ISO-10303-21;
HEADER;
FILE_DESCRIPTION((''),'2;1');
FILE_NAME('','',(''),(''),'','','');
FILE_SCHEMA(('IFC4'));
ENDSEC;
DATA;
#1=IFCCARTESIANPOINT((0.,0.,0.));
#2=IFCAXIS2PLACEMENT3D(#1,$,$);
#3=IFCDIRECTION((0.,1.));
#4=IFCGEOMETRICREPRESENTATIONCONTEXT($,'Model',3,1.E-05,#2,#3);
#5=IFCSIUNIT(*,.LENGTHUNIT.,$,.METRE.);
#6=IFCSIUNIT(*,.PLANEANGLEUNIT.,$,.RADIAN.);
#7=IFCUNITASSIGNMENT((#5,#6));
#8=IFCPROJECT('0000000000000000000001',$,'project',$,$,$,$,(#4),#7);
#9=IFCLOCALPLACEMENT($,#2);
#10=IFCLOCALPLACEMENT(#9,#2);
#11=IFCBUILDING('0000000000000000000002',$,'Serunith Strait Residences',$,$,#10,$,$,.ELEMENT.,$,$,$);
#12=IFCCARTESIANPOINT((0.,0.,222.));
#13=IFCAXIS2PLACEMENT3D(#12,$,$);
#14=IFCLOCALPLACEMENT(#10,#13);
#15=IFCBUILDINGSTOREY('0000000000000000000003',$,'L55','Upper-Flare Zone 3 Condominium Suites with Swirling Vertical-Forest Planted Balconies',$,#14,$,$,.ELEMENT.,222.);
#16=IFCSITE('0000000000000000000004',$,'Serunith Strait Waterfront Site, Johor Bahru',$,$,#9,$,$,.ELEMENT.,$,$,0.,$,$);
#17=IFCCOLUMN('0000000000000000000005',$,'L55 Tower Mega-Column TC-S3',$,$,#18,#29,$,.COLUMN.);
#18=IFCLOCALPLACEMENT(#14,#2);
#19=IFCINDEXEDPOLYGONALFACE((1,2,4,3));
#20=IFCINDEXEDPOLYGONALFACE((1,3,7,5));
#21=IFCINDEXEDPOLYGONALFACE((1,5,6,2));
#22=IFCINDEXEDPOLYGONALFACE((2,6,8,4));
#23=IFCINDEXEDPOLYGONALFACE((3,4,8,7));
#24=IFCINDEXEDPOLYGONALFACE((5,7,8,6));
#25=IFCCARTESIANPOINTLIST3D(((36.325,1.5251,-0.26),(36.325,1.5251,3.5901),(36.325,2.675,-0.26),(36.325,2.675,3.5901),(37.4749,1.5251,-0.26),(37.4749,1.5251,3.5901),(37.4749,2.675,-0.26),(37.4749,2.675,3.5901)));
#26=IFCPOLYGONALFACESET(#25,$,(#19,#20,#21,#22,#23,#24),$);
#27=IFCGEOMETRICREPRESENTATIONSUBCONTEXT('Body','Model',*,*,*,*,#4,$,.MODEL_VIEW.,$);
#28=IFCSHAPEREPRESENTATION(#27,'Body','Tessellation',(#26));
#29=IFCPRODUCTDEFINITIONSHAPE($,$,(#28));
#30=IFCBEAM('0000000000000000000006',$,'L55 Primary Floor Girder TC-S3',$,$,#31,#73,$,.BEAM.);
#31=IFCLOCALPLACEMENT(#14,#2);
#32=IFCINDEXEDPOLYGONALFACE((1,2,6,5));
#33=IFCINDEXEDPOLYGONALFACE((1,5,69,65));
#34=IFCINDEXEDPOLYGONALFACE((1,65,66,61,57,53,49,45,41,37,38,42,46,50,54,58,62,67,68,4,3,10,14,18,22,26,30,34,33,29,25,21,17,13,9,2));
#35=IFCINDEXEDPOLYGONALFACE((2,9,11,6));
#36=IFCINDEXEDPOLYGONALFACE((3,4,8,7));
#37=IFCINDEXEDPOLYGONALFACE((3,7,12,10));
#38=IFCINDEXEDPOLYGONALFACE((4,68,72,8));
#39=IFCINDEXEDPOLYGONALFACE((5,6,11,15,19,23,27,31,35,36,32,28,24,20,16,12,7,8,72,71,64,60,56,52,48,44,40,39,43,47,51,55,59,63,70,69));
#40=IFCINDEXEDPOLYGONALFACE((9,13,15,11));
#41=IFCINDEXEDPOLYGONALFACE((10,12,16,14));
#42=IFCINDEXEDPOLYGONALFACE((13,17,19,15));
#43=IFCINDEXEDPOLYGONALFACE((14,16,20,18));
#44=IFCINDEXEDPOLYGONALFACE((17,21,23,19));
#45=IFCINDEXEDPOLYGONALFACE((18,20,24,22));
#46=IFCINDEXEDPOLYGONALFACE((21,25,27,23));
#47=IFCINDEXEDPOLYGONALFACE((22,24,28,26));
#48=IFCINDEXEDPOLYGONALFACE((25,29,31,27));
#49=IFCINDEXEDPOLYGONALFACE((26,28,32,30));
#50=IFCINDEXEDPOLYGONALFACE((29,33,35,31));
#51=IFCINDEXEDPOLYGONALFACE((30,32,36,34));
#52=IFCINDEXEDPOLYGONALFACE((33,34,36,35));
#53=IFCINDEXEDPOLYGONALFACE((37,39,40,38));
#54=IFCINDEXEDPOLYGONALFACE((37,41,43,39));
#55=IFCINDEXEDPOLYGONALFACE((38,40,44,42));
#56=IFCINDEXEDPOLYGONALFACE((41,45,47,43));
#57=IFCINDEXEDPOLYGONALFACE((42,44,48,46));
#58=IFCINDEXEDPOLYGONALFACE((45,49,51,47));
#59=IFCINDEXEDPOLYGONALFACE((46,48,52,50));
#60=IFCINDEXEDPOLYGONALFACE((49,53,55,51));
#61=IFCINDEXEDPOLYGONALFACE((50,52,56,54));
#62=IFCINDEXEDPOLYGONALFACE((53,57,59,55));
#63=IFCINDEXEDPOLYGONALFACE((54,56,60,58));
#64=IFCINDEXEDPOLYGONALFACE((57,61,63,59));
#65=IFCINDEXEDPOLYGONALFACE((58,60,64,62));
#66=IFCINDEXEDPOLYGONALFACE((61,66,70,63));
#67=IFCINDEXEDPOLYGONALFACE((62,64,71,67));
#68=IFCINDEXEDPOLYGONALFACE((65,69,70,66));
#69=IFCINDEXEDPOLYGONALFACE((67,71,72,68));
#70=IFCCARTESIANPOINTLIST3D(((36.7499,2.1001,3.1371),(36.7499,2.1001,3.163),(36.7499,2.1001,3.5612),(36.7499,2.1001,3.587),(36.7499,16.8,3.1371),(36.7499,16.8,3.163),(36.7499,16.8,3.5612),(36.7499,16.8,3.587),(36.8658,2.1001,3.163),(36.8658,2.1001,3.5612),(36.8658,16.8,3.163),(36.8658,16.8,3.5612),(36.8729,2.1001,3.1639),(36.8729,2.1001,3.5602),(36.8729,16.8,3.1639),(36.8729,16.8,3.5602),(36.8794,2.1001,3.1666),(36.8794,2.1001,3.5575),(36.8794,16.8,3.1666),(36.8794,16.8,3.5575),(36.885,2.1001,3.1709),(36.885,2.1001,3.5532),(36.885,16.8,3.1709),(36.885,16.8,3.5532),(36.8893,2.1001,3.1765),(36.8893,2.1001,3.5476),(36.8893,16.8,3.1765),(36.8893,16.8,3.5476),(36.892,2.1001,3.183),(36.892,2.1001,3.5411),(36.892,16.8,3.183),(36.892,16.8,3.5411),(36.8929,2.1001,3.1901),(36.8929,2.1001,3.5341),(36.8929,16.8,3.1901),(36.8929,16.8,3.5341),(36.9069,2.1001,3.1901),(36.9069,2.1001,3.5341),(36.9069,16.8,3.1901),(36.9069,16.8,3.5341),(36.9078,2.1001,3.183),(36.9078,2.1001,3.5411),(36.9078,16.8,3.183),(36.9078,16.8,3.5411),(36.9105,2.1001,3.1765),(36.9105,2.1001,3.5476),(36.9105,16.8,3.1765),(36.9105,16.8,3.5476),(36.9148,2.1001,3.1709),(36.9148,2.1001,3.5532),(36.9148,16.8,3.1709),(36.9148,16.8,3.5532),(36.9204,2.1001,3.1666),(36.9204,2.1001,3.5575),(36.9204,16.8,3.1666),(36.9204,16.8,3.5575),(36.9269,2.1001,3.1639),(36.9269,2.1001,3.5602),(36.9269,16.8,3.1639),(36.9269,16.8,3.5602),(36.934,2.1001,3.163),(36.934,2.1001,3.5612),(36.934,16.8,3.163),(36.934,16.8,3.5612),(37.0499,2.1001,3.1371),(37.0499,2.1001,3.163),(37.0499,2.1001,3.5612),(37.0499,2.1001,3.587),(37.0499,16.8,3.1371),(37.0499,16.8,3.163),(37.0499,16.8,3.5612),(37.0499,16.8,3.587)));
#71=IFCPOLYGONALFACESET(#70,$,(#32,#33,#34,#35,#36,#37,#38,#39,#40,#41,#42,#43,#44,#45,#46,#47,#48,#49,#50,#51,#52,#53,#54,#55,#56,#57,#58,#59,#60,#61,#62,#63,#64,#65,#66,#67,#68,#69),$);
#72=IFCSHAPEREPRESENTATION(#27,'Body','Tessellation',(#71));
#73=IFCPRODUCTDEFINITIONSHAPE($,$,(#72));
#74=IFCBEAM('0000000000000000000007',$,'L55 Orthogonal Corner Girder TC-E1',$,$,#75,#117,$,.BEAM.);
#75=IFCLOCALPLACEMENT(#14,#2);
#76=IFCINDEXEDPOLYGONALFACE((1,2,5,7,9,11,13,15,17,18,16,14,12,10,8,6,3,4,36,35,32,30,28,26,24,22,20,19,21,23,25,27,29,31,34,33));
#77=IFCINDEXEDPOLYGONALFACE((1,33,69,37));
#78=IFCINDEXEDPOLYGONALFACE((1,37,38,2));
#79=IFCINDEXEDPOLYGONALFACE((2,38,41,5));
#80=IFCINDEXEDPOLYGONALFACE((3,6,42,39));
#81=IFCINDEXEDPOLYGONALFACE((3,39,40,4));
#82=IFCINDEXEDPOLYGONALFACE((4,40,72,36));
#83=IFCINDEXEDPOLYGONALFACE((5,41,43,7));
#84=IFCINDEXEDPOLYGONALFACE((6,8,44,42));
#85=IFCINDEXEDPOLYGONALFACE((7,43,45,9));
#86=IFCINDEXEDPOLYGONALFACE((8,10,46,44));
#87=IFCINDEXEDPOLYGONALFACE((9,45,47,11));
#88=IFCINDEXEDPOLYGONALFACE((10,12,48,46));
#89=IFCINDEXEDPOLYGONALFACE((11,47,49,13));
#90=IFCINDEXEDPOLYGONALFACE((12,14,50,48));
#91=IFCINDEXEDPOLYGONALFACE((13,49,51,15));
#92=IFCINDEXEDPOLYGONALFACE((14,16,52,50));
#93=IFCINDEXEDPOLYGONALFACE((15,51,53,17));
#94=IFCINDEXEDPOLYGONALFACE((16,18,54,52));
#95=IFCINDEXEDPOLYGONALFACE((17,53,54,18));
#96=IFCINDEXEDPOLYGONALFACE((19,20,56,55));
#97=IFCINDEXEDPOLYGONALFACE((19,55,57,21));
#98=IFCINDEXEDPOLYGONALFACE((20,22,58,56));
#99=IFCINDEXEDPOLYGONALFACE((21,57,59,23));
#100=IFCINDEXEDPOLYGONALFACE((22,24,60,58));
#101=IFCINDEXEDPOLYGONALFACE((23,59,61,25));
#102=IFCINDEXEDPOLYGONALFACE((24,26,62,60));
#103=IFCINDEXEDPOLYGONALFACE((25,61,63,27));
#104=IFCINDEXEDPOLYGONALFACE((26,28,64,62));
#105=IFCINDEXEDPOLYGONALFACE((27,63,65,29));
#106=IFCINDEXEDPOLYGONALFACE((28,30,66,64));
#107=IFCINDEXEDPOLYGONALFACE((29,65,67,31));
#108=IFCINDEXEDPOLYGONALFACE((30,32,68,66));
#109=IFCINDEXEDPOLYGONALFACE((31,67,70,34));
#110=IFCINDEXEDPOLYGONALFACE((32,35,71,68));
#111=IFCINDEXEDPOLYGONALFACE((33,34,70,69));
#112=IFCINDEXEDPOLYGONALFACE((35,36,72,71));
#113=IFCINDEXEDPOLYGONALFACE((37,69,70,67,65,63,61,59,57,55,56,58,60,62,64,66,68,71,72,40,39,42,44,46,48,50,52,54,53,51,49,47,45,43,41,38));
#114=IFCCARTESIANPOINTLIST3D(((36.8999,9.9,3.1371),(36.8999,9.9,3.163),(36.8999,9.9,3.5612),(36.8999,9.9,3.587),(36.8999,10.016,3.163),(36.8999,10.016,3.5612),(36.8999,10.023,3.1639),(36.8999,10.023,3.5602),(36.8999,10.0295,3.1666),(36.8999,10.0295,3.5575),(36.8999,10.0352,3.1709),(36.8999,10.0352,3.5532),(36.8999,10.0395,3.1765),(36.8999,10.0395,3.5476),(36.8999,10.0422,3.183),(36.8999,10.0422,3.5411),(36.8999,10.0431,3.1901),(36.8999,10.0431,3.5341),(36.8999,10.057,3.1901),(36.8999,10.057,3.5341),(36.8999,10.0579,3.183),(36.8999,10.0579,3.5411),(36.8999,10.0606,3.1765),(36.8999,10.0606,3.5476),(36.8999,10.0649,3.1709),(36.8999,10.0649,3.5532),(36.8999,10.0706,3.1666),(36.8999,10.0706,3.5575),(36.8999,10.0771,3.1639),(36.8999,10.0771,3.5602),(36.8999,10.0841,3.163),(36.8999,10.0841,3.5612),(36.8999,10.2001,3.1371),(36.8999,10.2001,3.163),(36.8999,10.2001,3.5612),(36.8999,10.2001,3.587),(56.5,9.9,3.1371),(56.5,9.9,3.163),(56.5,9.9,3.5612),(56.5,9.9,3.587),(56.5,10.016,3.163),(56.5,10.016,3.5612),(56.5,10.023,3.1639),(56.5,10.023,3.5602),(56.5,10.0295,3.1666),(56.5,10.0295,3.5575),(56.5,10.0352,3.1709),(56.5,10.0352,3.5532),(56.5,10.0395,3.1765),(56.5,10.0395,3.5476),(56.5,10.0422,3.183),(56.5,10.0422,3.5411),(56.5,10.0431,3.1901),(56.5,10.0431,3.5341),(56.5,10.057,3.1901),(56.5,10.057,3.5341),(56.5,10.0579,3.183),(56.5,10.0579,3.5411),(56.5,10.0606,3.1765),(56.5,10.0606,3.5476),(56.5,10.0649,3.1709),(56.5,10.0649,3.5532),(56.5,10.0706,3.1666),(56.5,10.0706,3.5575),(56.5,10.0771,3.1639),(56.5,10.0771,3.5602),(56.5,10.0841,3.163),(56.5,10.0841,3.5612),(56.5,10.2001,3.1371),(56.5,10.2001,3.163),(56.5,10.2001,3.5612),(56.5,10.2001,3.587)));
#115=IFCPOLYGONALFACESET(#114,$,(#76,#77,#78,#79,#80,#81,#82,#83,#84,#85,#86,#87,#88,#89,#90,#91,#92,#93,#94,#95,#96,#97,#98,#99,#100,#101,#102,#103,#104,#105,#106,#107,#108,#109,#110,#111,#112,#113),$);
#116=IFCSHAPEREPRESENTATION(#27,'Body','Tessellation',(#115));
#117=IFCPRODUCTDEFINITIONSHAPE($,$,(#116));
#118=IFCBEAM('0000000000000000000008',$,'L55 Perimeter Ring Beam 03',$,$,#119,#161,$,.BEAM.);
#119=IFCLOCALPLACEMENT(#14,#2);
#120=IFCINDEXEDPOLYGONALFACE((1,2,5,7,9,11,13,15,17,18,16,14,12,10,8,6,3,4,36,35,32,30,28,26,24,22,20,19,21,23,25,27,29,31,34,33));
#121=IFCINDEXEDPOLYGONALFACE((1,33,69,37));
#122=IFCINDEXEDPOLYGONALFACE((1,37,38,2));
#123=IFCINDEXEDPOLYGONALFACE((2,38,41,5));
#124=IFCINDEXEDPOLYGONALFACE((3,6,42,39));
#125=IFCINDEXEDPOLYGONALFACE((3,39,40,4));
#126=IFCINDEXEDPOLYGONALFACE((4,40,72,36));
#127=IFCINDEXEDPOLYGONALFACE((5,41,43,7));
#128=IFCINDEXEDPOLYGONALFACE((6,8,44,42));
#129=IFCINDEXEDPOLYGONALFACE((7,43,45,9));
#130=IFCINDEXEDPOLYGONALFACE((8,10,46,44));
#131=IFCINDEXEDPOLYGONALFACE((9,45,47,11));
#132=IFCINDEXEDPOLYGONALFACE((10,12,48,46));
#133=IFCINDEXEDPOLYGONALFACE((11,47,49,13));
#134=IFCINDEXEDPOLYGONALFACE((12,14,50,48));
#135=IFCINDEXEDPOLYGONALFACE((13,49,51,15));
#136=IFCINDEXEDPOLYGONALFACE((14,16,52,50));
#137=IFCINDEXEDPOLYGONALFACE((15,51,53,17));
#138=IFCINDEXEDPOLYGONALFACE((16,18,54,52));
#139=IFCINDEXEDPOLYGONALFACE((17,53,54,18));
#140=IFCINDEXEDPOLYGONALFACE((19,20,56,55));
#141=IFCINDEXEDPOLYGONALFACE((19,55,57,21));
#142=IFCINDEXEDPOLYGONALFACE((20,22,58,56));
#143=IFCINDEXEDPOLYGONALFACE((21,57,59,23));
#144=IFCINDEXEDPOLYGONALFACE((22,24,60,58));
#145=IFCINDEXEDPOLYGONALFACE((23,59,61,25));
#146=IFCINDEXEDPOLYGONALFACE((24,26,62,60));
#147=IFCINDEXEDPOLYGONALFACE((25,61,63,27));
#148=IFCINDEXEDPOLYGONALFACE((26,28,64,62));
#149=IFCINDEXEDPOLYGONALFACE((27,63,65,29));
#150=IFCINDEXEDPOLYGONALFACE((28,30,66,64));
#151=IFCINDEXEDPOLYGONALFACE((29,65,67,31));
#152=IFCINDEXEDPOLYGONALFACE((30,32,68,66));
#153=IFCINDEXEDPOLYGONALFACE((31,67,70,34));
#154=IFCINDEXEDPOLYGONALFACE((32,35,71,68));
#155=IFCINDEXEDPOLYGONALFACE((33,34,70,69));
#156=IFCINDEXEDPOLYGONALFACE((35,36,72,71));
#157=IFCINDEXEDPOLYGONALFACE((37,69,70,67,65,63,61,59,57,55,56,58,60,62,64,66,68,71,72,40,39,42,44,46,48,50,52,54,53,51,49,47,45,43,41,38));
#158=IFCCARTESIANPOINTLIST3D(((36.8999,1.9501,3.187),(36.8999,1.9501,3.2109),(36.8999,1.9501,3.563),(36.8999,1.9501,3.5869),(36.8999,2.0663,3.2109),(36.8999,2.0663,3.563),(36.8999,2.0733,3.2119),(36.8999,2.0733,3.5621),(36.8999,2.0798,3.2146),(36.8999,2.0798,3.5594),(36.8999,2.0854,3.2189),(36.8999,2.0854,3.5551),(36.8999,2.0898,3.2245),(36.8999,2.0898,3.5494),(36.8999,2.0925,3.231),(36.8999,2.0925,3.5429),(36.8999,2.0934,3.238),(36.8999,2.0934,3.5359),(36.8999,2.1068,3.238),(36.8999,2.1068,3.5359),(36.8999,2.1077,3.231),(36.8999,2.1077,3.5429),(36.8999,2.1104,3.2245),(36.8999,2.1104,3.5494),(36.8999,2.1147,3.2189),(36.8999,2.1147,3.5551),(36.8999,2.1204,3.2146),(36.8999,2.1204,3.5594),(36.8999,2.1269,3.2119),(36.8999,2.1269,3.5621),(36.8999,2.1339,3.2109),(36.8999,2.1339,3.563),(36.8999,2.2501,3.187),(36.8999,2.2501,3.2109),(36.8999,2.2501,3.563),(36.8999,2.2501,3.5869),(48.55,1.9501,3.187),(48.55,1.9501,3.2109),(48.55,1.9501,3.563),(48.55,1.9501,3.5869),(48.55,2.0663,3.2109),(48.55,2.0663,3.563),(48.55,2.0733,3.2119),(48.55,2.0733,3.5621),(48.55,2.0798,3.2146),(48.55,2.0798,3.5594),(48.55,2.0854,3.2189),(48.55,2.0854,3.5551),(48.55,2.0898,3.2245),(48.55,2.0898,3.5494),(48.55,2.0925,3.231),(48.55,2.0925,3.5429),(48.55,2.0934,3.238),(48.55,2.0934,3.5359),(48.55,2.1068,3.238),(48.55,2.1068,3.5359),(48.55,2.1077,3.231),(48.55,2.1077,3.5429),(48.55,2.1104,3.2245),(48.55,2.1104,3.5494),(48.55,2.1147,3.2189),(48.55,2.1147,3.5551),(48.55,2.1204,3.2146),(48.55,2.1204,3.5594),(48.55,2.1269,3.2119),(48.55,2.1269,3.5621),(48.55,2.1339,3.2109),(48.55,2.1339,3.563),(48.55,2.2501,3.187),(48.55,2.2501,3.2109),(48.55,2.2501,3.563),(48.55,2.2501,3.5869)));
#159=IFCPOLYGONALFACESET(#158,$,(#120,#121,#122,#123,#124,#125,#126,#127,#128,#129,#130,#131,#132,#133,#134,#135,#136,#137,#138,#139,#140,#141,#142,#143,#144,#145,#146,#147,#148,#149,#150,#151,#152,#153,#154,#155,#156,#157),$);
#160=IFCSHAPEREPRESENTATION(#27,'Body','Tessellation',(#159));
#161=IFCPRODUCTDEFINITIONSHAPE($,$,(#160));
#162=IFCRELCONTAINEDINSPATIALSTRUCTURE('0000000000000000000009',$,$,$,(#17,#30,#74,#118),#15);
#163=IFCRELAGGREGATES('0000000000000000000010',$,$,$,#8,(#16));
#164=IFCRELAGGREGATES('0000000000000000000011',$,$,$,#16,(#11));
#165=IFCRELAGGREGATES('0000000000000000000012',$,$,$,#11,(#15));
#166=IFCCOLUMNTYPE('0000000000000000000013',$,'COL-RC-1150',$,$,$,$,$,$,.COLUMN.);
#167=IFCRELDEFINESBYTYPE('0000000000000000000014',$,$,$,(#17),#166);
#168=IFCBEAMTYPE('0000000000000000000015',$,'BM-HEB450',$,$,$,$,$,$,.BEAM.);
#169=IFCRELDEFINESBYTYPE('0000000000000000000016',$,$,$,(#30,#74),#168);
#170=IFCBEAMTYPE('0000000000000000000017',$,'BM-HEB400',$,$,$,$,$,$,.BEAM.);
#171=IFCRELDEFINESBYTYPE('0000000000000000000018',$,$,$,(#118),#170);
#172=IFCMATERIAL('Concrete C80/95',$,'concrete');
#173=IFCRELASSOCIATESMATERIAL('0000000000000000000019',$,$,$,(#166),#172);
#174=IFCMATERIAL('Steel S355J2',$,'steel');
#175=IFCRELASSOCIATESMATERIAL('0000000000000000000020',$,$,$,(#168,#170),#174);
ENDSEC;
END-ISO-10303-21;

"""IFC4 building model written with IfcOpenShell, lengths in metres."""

from ifc_helpers import new_model, si_unit, direction, frame, origin, origin_2d, place, context, subcontext, project, spatial, rectangle, i_section, extrude, source, transform, mapped, material, material_profile, profile_set, type_object, element, save


model = new_model("IFC4")

# Units and contexts
model_context = context("Model", 3, precision=1e-05, world=origin(), true_north=direction((0.0, 1.0)))
body_context = subcontext(model_context, "Body", "Model", "MODEL_VIEW")
ifc_project = project(units=[si_unit("LENGTHUNIT", "METRE"), si_unit("PLANEANGLEUNIT", "RADIAN")], contexts=[model_context])

# Site, building, storey
site_placement = place(None, origin())
site = spatial("IfcSite", under=ifc_project, at=site_placement, Name="Serunith Strait Waterfront Site, Johor Bahru", CompositionType="ELEMENT", RefElevation=0.0)
building_placement = place(site_placement, origin())
building = spatial("IfcBuilding", under=site, at=building_placement, Name="Serunith Strait Residences", CompositionType="ELEMENT")
storey_placement = place(building_placement, frame((0.0, 0.0, 222.0)))
storey = spatial("IfcBuildingStorey", under=building, at=storey_placement, Name="L55", Description="Upper-Flare Zone 3 Condominium Suites with Swirling Vertical-Forest Planted Balconies", CompositionType="ELEMENT", Elevation=222.0)

# Column
ifc_material_1 = material(Name="Concrete C80/95", Category="concrete")
ifc_material_profile_1 = material_profile(ifc_material_1, rectangle(XDim=1.1499, YDim=1.1499, at=origin_2d()), Name="RC 1150x1150")
ifc_profile_set_1 = profile_set([ifc_material_profile_1], Name="Concrete C80/95")
column_type = type_object("IfcColumnType", Name="COL-RC-1150", PredefinedType="COLUMN", material=ifc_profile_set_1)
shared_shape_1 = source(origin(), body_context, "Body", "SweptSolid", [
    extrude(rectangle(XDim=1.1499, YDim=1.1499, at=origin_2d()), origin(), (0.0, 0.0, 1.0), 3.8501),
])
column_placement = place(storey_placement, frame((36.8999, 2.1001, -0.26), z_axis=(0.0, 0.0, 1.0), x_axis=(1.0, 0.0, 0.0)))
element("IfcColumn", 1, at=column_placement, inside=storey, type_object=column_type, Name="L55 Tower Mega-Column TC-S3", PredefinedType="COLUMN", context=body_context, shape_type="MappedRepresentation", body=[
    mapped(shared_shape_1, transform((0.0, 0.0, 0.0), scale=1.0)),
])

# Beams
ifc_material_2 = material(Name="Steel S355J2", Category="steel")
ifc_material_profile_2 = material_profile(ifc_material_2, i_section(OverallWidth=0.3, OverallDepth=0.45, WebThickness=0.0139, FlangeThickness=0.0259, FilletRadius=0.0271, at=origin_2d()), Name="HEB 450")
ifc_profile_set_2 = profile_set([ifc_material_profile_2], Name="Steel S355J2")
beam_type_1 = type_object("IfcBeamType", Name="BM-HEB450", PredefinedType="BEAM", material=ifc_profile_set_2)
shared_shape_2 = source(origin(), body_context, "Body", "SweptSolid", [
    extrude(i_section(OverallWidth=0.3, OverallDepth=0.45, WebThickness=0.0139, FlangeThickness=0.0259, FilletRadius=0.0271, at=origin_2d()), origin(), (0.0, 0.0, 1.0), 14.7),
])
beam_1_placement = place(storey_placement, frame((36.8999, 16.8, 3.3621), z_axis=(0.0, -1.0, 0.0), x_axis=(1.0, 0.0, 0.0)))
element("IfcBeam", 2, at=beam_1_placement, inside=storey, type_object=beam_type_1, Name="L55 Primary Floor Girder TC-S3", PredefinedType="BEAM", context=body_context, shape_type="MappedRepresentation", body=[
    mapped(shared_shape_2, transform((0.0, 0.0, 0.0), scale=1.0)),
])
shared_shape_3 = source(origin(), body_context, "Body", "SweptSolid", [
    extrude(i_section(OverallWidth=0.3, OverallDepth=0.45, WebThickness=0.0139, FlangeThickness=0.0259, FilletRadius=0.0271, at=origin_2d()), origin(), (0.0, 0.0, 1.0), 19.6001),
])
beam_2_placement = place(storey_placement, frame((36.8999, 10.05, 3.3621), z_axis=(1.0, 0.0, 0.0), x_axis=(0.0, 1.0, 0.0)))
element("IfcBeam", 3, at=beam_2_placement, inside=storey, type_object=beam_type_1, Name="L55 Orthogonal Corner Girder TC-E1", PredefinedType="BEAM", context=body_context, shape_type="MappedRepresentation", body=[
    mapped(shared_shape_3, transform((0.0, 0.0, 0.0), scale=1.0)),
])
ifc_material_profile_3 = material_profile(ifc_material_2, i_section(OverallWidth=0.3, OverallDepth=0.3999, WebThickness=0.0134, FlangeThickness=0.0239, FilletRadius=0.0271, at=origin_2d()), Name="HEB 400")
ifc_profile_set_3 = profile_set([ifc_material_profile_3], Name="Steel S355J2")
beam_type_2 = type_object("IfcBeamType", Name="BM-HEB400", PredefinedType="BEAM", material=ifc_profile_set_3)
shared_shape_4 = source(origin(), body_context, "Body", "SweptSolid", [
    extrude(i_section(OverallWidth=0.3, OverallDepth=0.3999, WebThickness=0.0134, FlangeThickness=0.0239, FilletRadius=0.0271, at=origin_2d()), origin(), (0.0, 0.0, 1.0), 11.6501),
])
beam_3_placement = place(storey_placement, frame((36.8999, 2.1001, 3.387), z_axis=(1.0, 0.0, 0.0), x_axis=(0.0, 1.0, 0.0)))
element("IfcBeam", 4, at=beam_3_placement, inside=storey, type_object=beam_type_2, Name="L55 Perimeter Ring Beam 03", PredefinedType="BEAM", context=body_context, shape_type="MappedRepresentation", body=[
    mapped(shared_shape_4, transform((0.0, 0.0, 0.0), scale=1.0)),
])

save(model, "model.ifc")
